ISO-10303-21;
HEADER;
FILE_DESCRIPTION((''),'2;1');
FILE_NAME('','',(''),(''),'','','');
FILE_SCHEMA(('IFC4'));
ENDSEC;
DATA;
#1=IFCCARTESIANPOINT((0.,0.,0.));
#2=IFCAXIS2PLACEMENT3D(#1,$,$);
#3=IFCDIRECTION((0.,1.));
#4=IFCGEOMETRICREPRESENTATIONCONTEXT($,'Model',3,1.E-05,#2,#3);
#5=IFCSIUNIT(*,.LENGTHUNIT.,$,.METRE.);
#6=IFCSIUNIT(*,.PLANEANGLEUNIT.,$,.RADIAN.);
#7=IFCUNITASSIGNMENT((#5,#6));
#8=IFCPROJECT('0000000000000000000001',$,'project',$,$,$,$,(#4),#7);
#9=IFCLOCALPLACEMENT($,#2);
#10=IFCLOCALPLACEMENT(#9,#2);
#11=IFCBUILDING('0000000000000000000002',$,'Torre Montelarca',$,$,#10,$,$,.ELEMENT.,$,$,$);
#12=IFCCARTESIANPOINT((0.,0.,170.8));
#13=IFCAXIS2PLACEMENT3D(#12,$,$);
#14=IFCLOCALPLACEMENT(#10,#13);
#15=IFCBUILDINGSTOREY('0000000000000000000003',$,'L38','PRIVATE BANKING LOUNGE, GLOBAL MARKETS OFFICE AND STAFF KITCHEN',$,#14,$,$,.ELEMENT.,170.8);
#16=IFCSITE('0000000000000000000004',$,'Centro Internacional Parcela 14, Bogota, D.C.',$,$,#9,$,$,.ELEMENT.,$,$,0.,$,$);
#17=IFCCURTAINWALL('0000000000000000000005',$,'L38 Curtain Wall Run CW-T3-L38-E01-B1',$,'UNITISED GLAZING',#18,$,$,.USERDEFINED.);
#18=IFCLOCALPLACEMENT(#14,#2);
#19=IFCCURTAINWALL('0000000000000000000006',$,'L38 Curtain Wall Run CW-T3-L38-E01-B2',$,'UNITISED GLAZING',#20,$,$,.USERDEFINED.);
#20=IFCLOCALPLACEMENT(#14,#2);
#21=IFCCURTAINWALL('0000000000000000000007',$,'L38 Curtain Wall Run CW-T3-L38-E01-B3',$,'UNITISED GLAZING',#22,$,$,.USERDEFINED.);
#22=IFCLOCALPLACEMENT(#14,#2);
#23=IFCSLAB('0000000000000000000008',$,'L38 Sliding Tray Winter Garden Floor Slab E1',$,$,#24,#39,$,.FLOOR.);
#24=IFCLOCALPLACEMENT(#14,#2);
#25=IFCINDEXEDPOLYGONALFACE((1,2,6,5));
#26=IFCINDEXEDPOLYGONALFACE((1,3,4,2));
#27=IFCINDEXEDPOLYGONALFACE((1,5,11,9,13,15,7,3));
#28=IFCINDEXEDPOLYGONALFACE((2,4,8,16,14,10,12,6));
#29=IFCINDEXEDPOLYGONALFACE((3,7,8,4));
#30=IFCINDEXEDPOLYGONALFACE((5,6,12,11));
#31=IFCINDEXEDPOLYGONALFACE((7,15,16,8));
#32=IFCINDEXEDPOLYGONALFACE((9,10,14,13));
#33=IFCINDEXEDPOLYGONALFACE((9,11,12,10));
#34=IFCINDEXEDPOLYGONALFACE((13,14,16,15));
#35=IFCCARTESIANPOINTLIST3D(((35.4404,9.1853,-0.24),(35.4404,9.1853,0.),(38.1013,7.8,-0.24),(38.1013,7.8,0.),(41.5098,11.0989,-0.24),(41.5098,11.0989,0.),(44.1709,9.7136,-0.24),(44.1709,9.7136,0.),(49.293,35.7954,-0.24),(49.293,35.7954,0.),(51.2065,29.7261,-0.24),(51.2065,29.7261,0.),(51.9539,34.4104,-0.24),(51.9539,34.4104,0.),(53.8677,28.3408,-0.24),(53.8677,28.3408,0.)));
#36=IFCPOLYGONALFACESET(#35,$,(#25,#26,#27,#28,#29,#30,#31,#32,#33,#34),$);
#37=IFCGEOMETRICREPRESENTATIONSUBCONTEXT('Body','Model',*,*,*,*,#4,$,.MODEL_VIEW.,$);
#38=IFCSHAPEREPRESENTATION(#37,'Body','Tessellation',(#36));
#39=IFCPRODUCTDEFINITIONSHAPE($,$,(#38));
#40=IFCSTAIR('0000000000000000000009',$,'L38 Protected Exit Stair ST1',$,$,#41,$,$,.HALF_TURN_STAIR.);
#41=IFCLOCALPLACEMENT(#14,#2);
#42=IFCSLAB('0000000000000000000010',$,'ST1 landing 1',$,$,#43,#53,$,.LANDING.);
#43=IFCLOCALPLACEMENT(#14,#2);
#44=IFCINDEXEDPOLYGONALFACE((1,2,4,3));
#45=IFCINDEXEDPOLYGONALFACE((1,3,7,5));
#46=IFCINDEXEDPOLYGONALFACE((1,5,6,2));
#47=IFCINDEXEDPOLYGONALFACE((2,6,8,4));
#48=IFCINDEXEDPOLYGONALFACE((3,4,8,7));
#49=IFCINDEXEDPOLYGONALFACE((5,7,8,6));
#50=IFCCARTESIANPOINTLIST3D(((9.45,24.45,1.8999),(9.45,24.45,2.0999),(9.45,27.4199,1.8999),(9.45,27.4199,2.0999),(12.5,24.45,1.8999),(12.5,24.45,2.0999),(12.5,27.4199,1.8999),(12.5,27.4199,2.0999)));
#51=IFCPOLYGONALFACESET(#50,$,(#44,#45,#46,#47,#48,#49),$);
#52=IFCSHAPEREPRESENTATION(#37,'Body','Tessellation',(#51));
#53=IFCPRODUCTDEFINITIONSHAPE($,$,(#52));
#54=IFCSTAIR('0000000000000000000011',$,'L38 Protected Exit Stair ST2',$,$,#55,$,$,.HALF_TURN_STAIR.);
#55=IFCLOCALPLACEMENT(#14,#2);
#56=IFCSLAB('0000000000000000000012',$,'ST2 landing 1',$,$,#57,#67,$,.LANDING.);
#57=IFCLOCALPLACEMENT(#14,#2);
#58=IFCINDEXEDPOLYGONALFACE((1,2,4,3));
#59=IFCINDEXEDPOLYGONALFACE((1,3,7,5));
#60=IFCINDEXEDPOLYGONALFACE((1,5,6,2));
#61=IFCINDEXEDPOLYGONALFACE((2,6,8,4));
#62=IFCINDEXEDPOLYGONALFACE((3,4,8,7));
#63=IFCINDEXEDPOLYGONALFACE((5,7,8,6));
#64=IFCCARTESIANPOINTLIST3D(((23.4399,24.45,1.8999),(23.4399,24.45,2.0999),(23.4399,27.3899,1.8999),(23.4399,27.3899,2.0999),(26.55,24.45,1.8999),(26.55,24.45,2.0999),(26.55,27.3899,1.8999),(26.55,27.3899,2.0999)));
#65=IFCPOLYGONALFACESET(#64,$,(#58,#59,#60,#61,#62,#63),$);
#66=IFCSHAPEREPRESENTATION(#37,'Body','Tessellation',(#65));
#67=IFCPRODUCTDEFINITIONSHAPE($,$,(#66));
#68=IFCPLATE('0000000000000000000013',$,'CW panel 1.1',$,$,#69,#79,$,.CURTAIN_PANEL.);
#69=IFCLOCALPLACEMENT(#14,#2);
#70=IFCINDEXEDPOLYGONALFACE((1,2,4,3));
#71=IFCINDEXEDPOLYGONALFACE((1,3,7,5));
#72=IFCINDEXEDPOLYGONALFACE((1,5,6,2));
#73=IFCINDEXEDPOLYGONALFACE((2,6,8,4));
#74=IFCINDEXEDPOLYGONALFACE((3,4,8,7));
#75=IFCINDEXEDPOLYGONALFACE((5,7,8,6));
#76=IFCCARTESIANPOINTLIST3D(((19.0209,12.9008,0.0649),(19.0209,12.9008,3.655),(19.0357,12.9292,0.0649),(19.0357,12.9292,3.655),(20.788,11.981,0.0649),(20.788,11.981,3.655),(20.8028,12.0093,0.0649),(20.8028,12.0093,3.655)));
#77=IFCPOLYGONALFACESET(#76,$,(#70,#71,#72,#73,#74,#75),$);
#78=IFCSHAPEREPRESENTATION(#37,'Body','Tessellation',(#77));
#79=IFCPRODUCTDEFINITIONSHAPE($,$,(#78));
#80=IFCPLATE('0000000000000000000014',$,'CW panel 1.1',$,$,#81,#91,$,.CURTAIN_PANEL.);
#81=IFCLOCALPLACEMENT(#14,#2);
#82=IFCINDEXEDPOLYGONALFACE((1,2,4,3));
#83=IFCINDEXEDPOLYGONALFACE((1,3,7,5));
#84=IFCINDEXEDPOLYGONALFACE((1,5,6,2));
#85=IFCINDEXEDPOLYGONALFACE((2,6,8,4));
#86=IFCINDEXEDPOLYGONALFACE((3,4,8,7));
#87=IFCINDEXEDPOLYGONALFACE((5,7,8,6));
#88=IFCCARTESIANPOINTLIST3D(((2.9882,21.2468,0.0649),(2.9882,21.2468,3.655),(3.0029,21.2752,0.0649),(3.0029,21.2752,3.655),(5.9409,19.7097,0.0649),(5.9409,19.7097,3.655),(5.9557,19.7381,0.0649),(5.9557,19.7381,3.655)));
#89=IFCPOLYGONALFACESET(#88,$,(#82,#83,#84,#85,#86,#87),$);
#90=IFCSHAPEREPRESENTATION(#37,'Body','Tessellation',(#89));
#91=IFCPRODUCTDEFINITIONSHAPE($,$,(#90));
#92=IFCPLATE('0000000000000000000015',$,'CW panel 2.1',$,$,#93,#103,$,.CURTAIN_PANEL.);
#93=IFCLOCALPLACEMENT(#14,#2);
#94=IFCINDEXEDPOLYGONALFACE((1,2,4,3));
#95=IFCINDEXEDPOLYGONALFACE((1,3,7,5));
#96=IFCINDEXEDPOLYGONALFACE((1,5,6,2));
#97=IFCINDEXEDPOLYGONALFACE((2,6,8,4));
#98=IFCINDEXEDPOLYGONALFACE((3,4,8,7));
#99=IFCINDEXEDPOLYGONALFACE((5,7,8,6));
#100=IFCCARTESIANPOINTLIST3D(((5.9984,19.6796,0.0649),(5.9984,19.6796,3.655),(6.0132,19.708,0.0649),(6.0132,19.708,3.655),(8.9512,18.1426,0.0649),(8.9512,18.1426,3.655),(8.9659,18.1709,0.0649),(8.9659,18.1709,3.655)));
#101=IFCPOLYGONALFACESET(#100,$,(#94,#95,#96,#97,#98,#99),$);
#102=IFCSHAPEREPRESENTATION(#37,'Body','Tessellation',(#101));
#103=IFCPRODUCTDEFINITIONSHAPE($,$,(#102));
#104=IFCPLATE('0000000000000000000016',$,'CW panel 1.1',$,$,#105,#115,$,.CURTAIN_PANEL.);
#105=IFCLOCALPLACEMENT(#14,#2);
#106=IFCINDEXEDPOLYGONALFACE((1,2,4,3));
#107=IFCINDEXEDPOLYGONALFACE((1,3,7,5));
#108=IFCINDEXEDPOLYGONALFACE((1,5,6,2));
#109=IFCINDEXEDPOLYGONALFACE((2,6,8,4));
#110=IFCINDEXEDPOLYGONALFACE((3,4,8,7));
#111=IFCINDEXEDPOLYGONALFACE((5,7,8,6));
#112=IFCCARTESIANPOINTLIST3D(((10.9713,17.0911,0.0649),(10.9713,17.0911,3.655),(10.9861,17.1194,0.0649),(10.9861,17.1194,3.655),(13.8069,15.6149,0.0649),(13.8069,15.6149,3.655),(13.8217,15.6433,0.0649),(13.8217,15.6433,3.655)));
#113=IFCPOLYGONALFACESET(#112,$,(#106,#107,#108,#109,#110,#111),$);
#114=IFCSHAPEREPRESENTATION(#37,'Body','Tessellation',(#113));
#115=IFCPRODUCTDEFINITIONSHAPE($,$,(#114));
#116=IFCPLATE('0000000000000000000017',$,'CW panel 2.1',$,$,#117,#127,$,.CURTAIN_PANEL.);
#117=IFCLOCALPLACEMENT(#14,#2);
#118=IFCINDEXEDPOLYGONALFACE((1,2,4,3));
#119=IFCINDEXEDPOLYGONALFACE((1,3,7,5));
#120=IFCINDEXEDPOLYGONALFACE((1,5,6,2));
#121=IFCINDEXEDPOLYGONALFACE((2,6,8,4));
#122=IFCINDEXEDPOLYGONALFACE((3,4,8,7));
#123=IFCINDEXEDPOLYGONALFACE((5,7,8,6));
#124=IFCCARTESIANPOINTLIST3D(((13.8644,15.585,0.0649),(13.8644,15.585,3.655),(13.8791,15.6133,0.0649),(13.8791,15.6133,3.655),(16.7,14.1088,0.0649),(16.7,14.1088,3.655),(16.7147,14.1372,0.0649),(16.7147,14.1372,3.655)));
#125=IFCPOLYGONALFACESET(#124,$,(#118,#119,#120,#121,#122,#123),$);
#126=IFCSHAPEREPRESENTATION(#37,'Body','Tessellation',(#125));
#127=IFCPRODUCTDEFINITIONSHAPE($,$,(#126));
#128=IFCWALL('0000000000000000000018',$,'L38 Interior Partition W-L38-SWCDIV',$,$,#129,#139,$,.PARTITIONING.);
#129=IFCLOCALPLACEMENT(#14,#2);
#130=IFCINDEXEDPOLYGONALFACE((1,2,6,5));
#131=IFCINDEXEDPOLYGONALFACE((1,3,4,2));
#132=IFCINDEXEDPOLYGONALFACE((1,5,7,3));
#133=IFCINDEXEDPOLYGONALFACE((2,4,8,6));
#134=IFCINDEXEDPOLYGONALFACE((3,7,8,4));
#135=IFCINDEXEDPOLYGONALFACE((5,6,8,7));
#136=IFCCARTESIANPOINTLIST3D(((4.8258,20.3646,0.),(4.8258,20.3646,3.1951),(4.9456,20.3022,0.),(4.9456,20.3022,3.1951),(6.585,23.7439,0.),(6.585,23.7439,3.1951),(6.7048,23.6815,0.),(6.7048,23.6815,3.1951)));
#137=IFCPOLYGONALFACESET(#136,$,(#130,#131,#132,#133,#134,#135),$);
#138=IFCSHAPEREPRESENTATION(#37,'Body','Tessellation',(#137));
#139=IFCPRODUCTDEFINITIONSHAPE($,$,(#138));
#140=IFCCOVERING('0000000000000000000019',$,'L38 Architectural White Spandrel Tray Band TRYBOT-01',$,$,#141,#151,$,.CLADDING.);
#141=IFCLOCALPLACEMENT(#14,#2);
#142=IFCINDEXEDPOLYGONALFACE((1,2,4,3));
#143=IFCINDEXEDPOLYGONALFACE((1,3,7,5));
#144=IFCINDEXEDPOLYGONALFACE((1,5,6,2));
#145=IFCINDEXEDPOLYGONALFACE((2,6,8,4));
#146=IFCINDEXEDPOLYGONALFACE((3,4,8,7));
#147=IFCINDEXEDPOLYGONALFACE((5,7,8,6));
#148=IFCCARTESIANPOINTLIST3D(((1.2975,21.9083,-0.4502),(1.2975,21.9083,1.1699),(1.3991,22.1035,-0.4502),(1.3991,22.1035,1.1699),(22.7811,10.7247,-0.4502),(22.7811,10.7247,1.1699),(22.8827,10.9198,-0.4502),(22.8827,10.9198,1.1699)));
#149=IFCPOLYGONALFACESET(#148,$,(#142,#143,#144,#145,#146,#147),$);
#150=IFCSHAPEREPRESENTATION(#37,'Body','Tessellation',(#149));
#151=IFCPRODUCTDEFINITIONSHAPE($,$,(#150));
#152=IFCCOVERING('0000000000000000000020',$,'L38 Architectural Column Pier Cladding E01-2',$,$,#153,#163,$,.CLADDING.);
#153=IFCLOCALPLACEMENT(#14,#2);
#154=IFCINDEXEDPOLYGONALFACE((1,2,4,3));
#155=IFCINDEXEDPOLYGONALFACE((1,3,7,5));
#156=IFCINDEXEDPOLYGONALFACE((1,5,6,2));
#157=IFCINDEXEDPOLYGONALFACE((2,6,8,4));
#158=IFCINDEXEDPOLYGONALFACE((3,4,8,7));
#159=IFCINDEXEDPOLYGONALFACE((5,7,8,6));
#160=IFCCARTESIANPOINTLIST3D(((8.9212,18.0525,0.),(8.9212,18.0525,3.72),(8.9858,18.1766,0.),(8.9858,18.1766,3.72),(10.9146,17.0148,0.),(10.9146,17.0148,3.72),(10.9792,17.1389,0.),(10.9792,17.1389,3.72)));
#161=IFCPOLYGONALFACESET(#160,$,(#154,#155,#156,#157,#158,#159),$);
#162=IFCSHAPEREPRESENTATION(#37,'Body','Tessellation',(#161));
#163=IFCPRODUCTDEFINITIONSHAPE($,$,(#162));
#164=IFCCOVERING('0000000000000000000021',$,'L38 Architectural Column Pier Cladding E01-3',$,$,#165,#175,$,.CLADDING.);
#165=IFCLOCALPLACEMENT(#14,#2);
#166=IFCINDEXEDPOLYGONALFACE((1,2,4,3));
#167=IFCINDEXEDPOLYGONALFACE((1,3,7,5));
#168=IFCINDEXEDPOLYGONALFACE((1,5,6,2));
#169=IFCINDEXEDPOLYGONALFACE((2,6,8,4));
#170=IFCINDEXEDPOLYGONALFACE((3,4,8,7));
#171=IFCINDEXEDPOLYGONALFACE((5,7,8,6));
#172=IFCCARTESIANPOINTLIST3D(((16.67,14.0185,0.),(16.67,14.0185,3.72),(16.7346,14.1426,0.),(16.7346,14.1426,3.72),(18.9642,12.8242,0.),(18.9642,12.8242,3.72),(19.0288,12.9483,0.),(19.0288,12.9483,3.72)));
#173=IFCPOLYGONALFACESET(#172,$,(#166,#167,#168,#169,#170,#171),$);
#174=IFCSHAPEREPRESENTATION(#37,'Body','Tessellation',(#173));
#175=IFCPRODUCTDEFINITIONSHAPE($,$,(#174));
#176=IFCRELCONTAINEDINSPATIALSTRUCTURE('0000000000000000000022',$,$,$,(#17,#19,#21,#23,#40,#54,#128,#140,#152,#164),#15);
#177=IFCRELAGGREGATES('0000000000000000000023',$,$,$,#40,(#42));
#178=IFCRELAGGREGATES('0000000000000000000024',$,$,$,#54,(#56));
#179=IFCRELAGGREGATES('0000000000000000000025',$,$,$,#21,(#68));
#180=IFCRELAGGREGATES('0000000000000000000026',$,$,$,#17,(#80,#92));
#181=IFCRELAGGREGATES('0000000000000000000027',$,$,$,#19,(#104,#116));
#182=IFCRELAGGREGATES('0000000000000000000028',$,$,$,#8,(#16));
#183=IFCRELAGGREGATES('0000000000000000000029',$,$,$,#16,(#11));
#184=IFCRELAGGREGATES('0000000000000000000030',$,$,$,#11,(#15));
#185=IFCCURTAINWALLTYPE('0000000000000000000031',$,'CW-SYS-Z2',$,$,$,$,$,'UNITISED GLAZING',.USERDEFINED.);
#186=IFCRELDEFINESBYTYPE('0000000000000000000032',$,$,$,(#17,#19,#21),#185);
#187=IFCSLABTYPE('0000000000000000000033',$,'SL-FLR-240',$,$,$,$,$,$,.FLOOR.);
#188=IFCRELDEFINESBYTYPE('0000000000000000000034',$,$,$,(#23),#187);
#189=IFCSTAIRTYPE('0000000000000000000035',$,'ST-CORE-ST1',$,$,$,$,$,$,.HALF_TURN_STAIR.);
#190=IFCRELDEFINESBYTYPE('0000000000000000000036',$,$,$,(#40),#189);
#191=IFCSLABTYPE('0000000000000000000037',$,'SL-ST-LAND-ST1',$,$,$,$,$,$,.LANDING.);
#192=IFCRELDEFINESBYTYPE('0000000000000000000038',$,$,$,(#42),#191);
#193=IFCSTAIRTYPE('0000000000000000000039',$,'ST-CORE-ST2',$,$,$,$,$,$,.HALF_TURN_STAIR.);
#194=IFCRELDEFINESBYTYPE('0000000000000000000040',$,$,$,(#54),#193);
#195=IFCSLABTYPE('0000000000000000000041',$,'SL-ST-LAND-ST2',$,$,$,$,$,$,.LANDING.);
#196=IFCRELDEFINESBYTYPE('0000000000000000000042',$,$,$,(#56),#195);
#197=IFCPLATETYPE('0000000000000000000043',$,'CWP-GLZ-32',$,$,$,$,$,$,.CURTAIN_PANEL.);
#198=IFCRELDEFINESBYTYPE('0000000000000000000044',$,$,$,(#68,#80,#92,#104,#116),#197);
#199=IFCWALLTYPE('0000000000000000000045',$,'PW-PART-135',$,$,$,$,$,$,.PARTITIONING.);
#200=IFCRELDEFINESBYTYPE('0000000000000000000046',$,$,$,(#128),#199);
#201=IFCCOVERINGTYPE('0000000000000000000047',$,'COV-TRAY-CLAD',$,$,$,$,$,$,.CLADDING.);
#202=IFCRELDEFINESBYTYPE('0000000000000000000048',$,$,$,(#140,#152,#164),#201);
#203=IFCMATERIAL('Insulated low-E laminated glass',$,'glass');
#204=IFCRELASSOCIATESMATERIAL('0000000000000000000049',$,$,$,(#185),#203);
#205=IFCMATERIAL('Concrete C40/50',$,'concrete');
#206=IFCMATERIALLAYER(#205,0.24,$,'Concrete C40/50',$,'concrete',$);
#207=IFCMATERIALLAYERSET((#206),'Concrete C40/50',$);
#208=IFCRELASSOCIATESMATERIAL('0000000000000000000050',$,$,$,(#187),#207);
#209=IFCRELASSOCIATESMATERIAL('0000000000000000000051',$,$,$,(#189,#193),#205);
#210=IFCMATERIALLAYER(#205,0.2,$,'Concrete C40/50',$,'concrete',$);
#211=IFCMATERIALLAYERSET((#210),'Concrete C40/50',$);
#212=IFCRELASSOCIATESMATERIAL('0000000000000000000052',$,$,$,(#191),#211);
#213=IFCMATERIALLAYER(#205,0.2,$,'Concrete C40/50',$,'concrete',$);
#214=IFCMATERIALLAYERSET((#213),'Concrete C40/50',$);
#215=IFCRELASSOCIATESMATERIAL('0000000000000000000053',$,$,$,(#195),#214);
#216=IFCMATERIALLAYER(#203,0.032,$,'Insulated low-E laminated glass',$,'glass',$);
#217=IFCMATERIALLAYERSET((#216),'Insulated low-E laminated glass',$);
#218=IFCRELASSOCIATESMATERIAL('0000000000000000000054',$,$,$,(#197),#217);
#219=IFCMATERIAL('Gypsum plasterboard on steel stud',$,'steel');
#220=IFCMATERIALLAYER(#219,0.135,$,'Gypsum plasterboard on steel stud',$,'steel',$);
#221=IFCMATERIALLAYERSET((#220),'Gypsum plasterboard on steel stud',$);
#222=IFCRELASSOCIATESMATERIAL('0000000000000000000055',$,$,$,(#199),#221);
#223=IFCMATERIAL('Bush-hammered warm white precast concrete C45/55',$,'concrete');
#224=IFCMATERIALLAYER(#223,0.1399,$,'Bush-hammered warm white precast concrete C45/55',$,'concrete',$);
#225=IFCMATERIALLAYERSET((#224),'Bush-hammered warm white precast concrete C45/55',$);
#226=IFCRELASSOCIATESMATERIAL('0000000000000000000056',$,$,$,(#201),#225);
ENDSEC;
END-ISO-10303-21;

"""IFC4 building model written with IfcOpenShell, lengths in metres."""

from ifc_helpers import new_model, si_unit, direction, frame, frame_2d, origin, origin_2d, place, context, subcontext, project, spatial, polyline, rectangle, outline, extrude, source, transform, mapped, material, layer, layer_set, type_object, element, aggregate, save


model = new_model("IFC4")

# Units and contexts
model_context = context("Model", 3, precision=1e-05, world=origin(), true_north=direction((0.0, 1.0)))
body_context = subcontext(model_context, "Body", "Model", "MODEL_VIEW")
ifc_project = project(units=[si_unit("LENGTHUNIT", "METRE"), si_unit("PLANEANGLEUNIT", "RADIAN")], contexts=[model_context])

# Site, building, storey
site_placement = place(None, origin())
site = spatial("IfcSite", under=ifc_project, at=site_placement, Name="Centro Internacional Parcela 14, Bogota, D.C.", CompositionType="ELEMENT", RefElevation=0.0)
building_placement = place(site_placement, origin())
building = spatial("IfcBuilding", under=site, at=building_placement, Name="Torre Montelarca", CompositionType="ELEMENT")
storey_placement = place(building_placement, frame((0.0, 0.0, 170.8)))
storey = spatial("IfcBuildingStorey", under=building, at=storey_placement, Name="L38", Description="PRIVATE BANKING LOUNGE, GLOBAL MARKETS OFFICE AND STAFF KITCHEN", CompositionType="ELEMENT", Elevation=170.8)

# Curtain walls
ifc_material_1 = material(Name="Insulated low-E laminated glass", Category="glass")
curtain_wall_type = type_object("IfcCurtainWallType", Name="CW-SYS-Z2", ElementType="UNITISED GLAZING", PredefinedType="USERDEFINED", material=ifc_material_1)
curtain_wall_1_placement = place(storey_placement, origin())
curtain_wall_1 = element("IfcCurtainWall", 1, at=curtain_wall_1_placement, inside=storey, type_object=curtain_wall_type, Name="L38 Curtain Wall Run CW-T3-L38-E01-B1", ObjectType="UNITISED GLAZING", PredefinedType="USERDEFINED")
curtain_wall_2_placement = place(storey_placement, origin())
curtain_wall_2 = element("IfcCurtainWall", 2, at=curtain_wall_2_placement, inside=storey, type_object=curtain_wall_type, Name="L38 Curtain Wall Run CW-T3-L38-E01-B2", ObjectType="UNITISED GLAZING", PredefinedType="USERDEFINED")
curtain_wall_3_placement = place(storey_placement, origin())
curtain_wall_3 = element("IfcCurtainWall", 3, at=curtain_wall_3_placement, inside=storey, type_object=curtain_wall_type, Name="L38 Curtain Wall Run CW-T3-L38-E01-B3", ObjectType="UNITISED GLAZING", PredefinedType="USERDEFINED")

# Slab
ifc_material_2 = material(Name="Concrete C40/50", Category="concrete")
ifc_layer_1 = layer(ifc_material_2, 0.24, Name="Concrete C40/50", Category="concrete")
ifc_layer_set_1 = layer_set([ifc_layer_1], Name="Concrete C40/50")
slab_type_1 = type_object("IfcSlabType", Name="SL-FLR-240", PredefinedType="FLOOR", material=ifc_layer_set_1)
slab_1_placement = place(storey_placement, frame((0.0, 0.0, -0.24)))
element("IfcSlab", 4, at=slab_1_placement, inside=storey, type_object=slab_type_1, Name="L38 Sliding Tray Winter Garden Floor Slab E1", PredefinedType="FLOOR", context=body_context, shape_type="SweptSolid", body=[
    extrude(outline(polyline([(49.293, 35.7954), (51.2065, 29.7261), (41.5098, 11.0989), (35.4404, 9.1853), (38.1013, 7.8), (44.1709, 9.7136), (53.8677, 28.3408), (51.9539, 34.4104), (49.293, 35.7954)])), origin(), (0.0, 0.0, 1.0), 0.24),
])

# Stairs, slabs
stair_type_1 = type_object("IfcStairType", Name="ST-CORE-ST1", PredefinedType="HALF_TURN_STAIR", material=ifc_material_2)
stair_1_placement = place(storey_placement, origin())
stair_1 = element("IfcStair", 5, at=stair_1_placement, inside=storey, type_object=stair_type_1, Name="L38 Protected Exit Stair ST1", PredefinedType="HALF_TURN_STAIR")
ifc_layer_2 = layer(ifc_material_2, 0.2, Name="Concrete C40/50", Category="concrete")
ifc_layer_set_2 = layer_set([ifc_layer_2], Name="Concrete C40/50")
slab_type_2 = type_object("IfcSlabType", Name="SL-ST-LAND-ST1", PredefinedType="LANDING", material=ifc_layer_set_2)
slab_2_placement = place(storey_placement, frame((0.0, 0.0, 1.8999)))
slab_2 = element("IfcSlab", 6, at=slab_2_placement, type_object=slab_type_2, Name="ST1 landing 1", PredefinedType="LANDING", context=body_context, shape_type="SweptSolid", body=[
    extrude(outline(polyline([(9.45, 27.4199), (9.45, 24.45), (12.5, 24.45), (12.5, 27.4199), (9.45, 27.4199)])), origin(), (0.0, 0.0, 1.0), 0.2),
])
aggregate(stair_1, [slab_2])
stair_type_2 = type_object("IfcStairType", Name="ST-CORE-ST2", PredefinedType="HALF_TURN_STAIR", material=ifc_material_2)
stair_2_placement = place(storey_placement, origin())
stair_2 = element("IfcStair", 7, at=stair_2_placement, inside=storey, type_object=stair_type_2, Name="L38 Protected Exit Stair ST2", PredefinedType="HALF_TURN_STAIR")
ifc_layer_3 = layer(ifc_material_2, 0.2, Name="Concrete C40/50", Category="concrete")
ifc_layer_set_3 = layer_set([ifc_layer_3], Name="Concrete C40/50")
slab_type_3 = type_object("IfcSlabType", Name="SL-ST-LAND-ST2", PredefinedType="LANDING", material=ifc_layer_set_3)
slab_3_placement = place(storey_placement, frame((0.0, 0.0, 1.8999)))
slab_3 = element("IfcSlab", 8, at=slab_3_placement, type_object=slab_type_3, Name="ST2 landing 1", PredefinedType="LANDING", context=body_context, shape_type="SweptSolid", body=[
    extrude(outline(polyline([(23.4399, 27.3899), (23.4399, 24.45), (26.55, 24.45), (26.55, 27.3899), (23.4399, 27.3899)])), origin(), (0.0, 0.0, 1.0), 0.2),
])
aggregate(stair_2, [slab_3])

# Plates
ifc_layer_4 = layer(ifc_material_1, 0.032, Name="Insulated low-E laminated glass", Category="glass")
ifc_layer_set_4 = layer_set([ifc_layer_4], Name="Insulated low-E laminated glass")
plate_type = type_object("IfcPlateType", Name="CWP-GLZ-32", PredefinedType="CURTAIN_PANEL", material=ifc_layer_set_4)
shared_shape_1 = source(origin(), body_context, "Body", "SweptSolid", [
    extrude(rectangle(XDim=1.9922, YDim=0.032, at=origin_2d()), origin(), (0.0, 0.0, 1.0), 3.5901),
])
plate_1_placement = place(storey_placement, frame((19.9119, 12.4551, 0.0649), z_axis=(0.0, 0.0, 1.0), x_axis=(0.887015, -0.461741, 0.0)))
plate_1 = element("IfcPlate", 9, at=plate_1_placement, type_object=plate_type, Name="CW panel 1.1", PredefinedType="CURTAIN_PANEL", context=body_context, shape_type="MappedRepresentation", body=[
    mapped(shared_shape_1, transform((0.0, 0.0, 0.0), scale=1.0)),
])
aggregate(curtain_wall_3, [plate_1])
shared_shape_2 = source(origin(), body_context, "Body", "SweptSolid", [
    extrude(rectangle(XDim=3.3289, YDim=0.032, at=origin_2d()), origin(), (0.0, 0.0, 1.0), 3.5901),
])
plate_2_placement = place(storey_placement, frame((4.4719, 20.4924, 0.0649), z_axis=(0.0, 0.0, 1.0), x_axis=(0.887015, -0.461741, 0.0)))
plate_2 = element("IfcPlate", 10, at=plate_2_placement, type_object=plate_type, Name="CW panel 1.1", PredefinedType="CURTAIN_PANEL", context=body_context, shape_type="MappedRepresentation", body=[
    mapped(shared_shape_2, transform((0.0, 0.0, 0.0), scale=1.0)),
])
plate_3_placement = place(storey_placement, frame((7.4822, 18.9253, 0.0649), z_axis=(0.0, 0.0, 1.0), x_axis=(0.887015, -0.461741, 0.0)))
plate_3 = element("IfcPlate", 11, at=plate_3_placement, type_object=plate_type, Name="CW panel 2.1", PredefinedType="CURTAIN_PANEL", context=body_context, shape_type="MappedRepresentation", body=[
    mapped(shared_shape_2, transform((0.0, 0.0, 0.0), scale=1.0)),
])
aggregate(curtain_wall_1, [plate_2, plate_3])
shared_shape_3 = source(origin(), body_context, "Body", "SweptSolid", [
    extrude(rectangle(XDim=3.1968, YDim=0.032, at=origin_2d()), origin(), (0.0, 0.0, 1.0), 3.5901),
])
plate_4_placement = place(storey_placement, frame((12.3965, 16.3672, 0.0649), z_axis=(0.0, 0.0, 1.0), x_axis=(0.88701, -0.461749, 0.0)))
plate_4 = element("IfcPlate", 12, at=plate_4_placement, type_object=plate_type, Name="CW panel 1.1", PredefinedType="CURTAIN_PANEL", context=body_context, shape_type="MappedRepresentation", body=[
    mapped(shared_shape_3, transform((0.0, 0.0, 0.0), scale=1.0)),
])
plate_5_placement = place(storey_placement, frame((15.2896, 14.8611, 0.0649), z_axis=(0.0, 0.0, 1.0), x_axis=(0.88701, -0.461749, 0.0)))
plate_5 = element("IfcPlate", 13, at=plate_5_placement, type_object=plate_type, Name="CW panel 2.1", PredefinedType="CURTAIN_PANEL", context=body_context, shape_type="MappedRepresentation", body=[
    mapped(shared_shape_3, transform((0.0, 0.0, 0.0), scale=1.0)),
])
aggregate(curtain_wall_2, [plate_4, plate_5])

# Wall
ifc_material_3 = material(Name="Gypsum plasterboard on steel stud", Category="steel")
ifc_layer_5 = layer(ifc_material_3, 0.135, Name="Gypsum plasterboard on steel stud", Category="steel")
ifc_layer_set_5 = layer_set([ifc_layer_5], Name="Gypsum plasterboard on steel stud")
wall_type = type_object("IfcWallType", Name="PW-PART-135", PredefinedType="PARTITIONING", material=ifc_layer_set_5)
wall_placement = place(storey_placement, frame((4.8857, 20.3335, 0.0), z_axis=(0.0, 0.0, 1.0), x_axis=(0.461764, 0.887003, 0.0)))
element("IfcWall", 14, at=wall_placement, inside=storey, type_object=wall_type, Name="L38 Interior Partition W-L38-SWCDIV", PredefinedType="PARTITIONING", context=body_context, shape_type="SweptSolid", body=[
    extrude(rectangle(XDim=3.8098, YDim=0.135, at=frame_2d((1.9048, 0.0))), origin(), (0.0, 0.0, 1.0), 3.1951),
])

# Coverings
ifc_material_4 = material(Name="Bush-hammered warm white precast concrete C45/55", Category="concrete")
ifc_layer_6 = layer(ifc_material_4, 0.1399, Name="Bush-hammered warm white precast concrete C45/55", Category="concrete")
ifc_layer_set_6 = layer_set([ifc_layer_6], Name="Bush-hammered warm white precast concrete C45/55")
covering_type = type_object("IfcCoveringType", Name="COV-TRAY-CLAD", PredefinedType="CLADDING", material=ifc_layer_set_6)
shared_shape_4 = source(origin(), body_context, "Body", "SweptSolid", [
    extrude(rectangle(XDim=24.2202, YDim=0.22, at=origin_2d()), origin(), (0.0, 0.0, 1.0), 1.6201),
])
covering_1_placement = place(storey_placement, frame((12.0901, 16.4141, -0.4502), z_axis=(0.0, 0.0, 1.0), x_axis=(0.88701, -0.46175, 0.0)))
element("IfcCovering", 15, at=covering_1_placement, inside=storey, type_object=covering_type, Name="L38 Architectural White Spandrel Tray Band TRYBOT-01", PredefinedType="CLADDING", context=body_context, shape_type="MappedRepresentation", body=[
    mapped(shared_shape_4, transform((0.0, 0.0, 0.0), scale=1.0)),
])
shared_shape_5 = source(origin(), body_context, "Body", "SweptSolid", [
    extrude(rectangle(XDim=2.2473, YDim=0.1399, at=origin_2d()), origin(), (0.0, 0.0, 1.0), 3.72),
])
covering_2_placement = place(storey_placement, frame((9.9502, 17.5957, 0.0), z_axis=(0.0, 0.0, 1.0), x_axis=(0.887011, -0.461749, 0.0)))
element("IfcCovering", 16, at=covering_2_placement, inside=storey, type_object=covering_type, Name="L38 Architectural Column Pier Cladding E01-2", PredefinedType="CLADDING", context=body_context, shape_type="MappedRepresentation", body=[
    mapped(shared_shape_5, transform((0.0, 0.0, 0.0), scale=1.0)),
])
shared_shape_6 = source(origin(), body_context, "Body", "SweptSolid", [
    extrude(rectangle(XDim=2.5864, YDim=0.1399, at=origin_2d()), origin(), (0.0, 0.0, 1.0), 3.72),
])
covering_3_placement = place(storey_placement, frame((17.8494, 13.4834, 0.0), z_axis=(0.0, 0.0, 1.0), x_axis=(0.887011, -0.461749, 0.0)))
element("IfcCovering", 17, at=covering_3_placement, inside=storey, type_object=covering_type, Name="L38 Architectural Column Pier Cladding E01-3", PredefinedType="CLADDING", context=body_context, shape_type="MappedRepresentation", body=[
    mapped(shared_shape_6, transform((0.0, 0.0, 0.0), scale=1.0)),
])

save(model, "model.ifc")
